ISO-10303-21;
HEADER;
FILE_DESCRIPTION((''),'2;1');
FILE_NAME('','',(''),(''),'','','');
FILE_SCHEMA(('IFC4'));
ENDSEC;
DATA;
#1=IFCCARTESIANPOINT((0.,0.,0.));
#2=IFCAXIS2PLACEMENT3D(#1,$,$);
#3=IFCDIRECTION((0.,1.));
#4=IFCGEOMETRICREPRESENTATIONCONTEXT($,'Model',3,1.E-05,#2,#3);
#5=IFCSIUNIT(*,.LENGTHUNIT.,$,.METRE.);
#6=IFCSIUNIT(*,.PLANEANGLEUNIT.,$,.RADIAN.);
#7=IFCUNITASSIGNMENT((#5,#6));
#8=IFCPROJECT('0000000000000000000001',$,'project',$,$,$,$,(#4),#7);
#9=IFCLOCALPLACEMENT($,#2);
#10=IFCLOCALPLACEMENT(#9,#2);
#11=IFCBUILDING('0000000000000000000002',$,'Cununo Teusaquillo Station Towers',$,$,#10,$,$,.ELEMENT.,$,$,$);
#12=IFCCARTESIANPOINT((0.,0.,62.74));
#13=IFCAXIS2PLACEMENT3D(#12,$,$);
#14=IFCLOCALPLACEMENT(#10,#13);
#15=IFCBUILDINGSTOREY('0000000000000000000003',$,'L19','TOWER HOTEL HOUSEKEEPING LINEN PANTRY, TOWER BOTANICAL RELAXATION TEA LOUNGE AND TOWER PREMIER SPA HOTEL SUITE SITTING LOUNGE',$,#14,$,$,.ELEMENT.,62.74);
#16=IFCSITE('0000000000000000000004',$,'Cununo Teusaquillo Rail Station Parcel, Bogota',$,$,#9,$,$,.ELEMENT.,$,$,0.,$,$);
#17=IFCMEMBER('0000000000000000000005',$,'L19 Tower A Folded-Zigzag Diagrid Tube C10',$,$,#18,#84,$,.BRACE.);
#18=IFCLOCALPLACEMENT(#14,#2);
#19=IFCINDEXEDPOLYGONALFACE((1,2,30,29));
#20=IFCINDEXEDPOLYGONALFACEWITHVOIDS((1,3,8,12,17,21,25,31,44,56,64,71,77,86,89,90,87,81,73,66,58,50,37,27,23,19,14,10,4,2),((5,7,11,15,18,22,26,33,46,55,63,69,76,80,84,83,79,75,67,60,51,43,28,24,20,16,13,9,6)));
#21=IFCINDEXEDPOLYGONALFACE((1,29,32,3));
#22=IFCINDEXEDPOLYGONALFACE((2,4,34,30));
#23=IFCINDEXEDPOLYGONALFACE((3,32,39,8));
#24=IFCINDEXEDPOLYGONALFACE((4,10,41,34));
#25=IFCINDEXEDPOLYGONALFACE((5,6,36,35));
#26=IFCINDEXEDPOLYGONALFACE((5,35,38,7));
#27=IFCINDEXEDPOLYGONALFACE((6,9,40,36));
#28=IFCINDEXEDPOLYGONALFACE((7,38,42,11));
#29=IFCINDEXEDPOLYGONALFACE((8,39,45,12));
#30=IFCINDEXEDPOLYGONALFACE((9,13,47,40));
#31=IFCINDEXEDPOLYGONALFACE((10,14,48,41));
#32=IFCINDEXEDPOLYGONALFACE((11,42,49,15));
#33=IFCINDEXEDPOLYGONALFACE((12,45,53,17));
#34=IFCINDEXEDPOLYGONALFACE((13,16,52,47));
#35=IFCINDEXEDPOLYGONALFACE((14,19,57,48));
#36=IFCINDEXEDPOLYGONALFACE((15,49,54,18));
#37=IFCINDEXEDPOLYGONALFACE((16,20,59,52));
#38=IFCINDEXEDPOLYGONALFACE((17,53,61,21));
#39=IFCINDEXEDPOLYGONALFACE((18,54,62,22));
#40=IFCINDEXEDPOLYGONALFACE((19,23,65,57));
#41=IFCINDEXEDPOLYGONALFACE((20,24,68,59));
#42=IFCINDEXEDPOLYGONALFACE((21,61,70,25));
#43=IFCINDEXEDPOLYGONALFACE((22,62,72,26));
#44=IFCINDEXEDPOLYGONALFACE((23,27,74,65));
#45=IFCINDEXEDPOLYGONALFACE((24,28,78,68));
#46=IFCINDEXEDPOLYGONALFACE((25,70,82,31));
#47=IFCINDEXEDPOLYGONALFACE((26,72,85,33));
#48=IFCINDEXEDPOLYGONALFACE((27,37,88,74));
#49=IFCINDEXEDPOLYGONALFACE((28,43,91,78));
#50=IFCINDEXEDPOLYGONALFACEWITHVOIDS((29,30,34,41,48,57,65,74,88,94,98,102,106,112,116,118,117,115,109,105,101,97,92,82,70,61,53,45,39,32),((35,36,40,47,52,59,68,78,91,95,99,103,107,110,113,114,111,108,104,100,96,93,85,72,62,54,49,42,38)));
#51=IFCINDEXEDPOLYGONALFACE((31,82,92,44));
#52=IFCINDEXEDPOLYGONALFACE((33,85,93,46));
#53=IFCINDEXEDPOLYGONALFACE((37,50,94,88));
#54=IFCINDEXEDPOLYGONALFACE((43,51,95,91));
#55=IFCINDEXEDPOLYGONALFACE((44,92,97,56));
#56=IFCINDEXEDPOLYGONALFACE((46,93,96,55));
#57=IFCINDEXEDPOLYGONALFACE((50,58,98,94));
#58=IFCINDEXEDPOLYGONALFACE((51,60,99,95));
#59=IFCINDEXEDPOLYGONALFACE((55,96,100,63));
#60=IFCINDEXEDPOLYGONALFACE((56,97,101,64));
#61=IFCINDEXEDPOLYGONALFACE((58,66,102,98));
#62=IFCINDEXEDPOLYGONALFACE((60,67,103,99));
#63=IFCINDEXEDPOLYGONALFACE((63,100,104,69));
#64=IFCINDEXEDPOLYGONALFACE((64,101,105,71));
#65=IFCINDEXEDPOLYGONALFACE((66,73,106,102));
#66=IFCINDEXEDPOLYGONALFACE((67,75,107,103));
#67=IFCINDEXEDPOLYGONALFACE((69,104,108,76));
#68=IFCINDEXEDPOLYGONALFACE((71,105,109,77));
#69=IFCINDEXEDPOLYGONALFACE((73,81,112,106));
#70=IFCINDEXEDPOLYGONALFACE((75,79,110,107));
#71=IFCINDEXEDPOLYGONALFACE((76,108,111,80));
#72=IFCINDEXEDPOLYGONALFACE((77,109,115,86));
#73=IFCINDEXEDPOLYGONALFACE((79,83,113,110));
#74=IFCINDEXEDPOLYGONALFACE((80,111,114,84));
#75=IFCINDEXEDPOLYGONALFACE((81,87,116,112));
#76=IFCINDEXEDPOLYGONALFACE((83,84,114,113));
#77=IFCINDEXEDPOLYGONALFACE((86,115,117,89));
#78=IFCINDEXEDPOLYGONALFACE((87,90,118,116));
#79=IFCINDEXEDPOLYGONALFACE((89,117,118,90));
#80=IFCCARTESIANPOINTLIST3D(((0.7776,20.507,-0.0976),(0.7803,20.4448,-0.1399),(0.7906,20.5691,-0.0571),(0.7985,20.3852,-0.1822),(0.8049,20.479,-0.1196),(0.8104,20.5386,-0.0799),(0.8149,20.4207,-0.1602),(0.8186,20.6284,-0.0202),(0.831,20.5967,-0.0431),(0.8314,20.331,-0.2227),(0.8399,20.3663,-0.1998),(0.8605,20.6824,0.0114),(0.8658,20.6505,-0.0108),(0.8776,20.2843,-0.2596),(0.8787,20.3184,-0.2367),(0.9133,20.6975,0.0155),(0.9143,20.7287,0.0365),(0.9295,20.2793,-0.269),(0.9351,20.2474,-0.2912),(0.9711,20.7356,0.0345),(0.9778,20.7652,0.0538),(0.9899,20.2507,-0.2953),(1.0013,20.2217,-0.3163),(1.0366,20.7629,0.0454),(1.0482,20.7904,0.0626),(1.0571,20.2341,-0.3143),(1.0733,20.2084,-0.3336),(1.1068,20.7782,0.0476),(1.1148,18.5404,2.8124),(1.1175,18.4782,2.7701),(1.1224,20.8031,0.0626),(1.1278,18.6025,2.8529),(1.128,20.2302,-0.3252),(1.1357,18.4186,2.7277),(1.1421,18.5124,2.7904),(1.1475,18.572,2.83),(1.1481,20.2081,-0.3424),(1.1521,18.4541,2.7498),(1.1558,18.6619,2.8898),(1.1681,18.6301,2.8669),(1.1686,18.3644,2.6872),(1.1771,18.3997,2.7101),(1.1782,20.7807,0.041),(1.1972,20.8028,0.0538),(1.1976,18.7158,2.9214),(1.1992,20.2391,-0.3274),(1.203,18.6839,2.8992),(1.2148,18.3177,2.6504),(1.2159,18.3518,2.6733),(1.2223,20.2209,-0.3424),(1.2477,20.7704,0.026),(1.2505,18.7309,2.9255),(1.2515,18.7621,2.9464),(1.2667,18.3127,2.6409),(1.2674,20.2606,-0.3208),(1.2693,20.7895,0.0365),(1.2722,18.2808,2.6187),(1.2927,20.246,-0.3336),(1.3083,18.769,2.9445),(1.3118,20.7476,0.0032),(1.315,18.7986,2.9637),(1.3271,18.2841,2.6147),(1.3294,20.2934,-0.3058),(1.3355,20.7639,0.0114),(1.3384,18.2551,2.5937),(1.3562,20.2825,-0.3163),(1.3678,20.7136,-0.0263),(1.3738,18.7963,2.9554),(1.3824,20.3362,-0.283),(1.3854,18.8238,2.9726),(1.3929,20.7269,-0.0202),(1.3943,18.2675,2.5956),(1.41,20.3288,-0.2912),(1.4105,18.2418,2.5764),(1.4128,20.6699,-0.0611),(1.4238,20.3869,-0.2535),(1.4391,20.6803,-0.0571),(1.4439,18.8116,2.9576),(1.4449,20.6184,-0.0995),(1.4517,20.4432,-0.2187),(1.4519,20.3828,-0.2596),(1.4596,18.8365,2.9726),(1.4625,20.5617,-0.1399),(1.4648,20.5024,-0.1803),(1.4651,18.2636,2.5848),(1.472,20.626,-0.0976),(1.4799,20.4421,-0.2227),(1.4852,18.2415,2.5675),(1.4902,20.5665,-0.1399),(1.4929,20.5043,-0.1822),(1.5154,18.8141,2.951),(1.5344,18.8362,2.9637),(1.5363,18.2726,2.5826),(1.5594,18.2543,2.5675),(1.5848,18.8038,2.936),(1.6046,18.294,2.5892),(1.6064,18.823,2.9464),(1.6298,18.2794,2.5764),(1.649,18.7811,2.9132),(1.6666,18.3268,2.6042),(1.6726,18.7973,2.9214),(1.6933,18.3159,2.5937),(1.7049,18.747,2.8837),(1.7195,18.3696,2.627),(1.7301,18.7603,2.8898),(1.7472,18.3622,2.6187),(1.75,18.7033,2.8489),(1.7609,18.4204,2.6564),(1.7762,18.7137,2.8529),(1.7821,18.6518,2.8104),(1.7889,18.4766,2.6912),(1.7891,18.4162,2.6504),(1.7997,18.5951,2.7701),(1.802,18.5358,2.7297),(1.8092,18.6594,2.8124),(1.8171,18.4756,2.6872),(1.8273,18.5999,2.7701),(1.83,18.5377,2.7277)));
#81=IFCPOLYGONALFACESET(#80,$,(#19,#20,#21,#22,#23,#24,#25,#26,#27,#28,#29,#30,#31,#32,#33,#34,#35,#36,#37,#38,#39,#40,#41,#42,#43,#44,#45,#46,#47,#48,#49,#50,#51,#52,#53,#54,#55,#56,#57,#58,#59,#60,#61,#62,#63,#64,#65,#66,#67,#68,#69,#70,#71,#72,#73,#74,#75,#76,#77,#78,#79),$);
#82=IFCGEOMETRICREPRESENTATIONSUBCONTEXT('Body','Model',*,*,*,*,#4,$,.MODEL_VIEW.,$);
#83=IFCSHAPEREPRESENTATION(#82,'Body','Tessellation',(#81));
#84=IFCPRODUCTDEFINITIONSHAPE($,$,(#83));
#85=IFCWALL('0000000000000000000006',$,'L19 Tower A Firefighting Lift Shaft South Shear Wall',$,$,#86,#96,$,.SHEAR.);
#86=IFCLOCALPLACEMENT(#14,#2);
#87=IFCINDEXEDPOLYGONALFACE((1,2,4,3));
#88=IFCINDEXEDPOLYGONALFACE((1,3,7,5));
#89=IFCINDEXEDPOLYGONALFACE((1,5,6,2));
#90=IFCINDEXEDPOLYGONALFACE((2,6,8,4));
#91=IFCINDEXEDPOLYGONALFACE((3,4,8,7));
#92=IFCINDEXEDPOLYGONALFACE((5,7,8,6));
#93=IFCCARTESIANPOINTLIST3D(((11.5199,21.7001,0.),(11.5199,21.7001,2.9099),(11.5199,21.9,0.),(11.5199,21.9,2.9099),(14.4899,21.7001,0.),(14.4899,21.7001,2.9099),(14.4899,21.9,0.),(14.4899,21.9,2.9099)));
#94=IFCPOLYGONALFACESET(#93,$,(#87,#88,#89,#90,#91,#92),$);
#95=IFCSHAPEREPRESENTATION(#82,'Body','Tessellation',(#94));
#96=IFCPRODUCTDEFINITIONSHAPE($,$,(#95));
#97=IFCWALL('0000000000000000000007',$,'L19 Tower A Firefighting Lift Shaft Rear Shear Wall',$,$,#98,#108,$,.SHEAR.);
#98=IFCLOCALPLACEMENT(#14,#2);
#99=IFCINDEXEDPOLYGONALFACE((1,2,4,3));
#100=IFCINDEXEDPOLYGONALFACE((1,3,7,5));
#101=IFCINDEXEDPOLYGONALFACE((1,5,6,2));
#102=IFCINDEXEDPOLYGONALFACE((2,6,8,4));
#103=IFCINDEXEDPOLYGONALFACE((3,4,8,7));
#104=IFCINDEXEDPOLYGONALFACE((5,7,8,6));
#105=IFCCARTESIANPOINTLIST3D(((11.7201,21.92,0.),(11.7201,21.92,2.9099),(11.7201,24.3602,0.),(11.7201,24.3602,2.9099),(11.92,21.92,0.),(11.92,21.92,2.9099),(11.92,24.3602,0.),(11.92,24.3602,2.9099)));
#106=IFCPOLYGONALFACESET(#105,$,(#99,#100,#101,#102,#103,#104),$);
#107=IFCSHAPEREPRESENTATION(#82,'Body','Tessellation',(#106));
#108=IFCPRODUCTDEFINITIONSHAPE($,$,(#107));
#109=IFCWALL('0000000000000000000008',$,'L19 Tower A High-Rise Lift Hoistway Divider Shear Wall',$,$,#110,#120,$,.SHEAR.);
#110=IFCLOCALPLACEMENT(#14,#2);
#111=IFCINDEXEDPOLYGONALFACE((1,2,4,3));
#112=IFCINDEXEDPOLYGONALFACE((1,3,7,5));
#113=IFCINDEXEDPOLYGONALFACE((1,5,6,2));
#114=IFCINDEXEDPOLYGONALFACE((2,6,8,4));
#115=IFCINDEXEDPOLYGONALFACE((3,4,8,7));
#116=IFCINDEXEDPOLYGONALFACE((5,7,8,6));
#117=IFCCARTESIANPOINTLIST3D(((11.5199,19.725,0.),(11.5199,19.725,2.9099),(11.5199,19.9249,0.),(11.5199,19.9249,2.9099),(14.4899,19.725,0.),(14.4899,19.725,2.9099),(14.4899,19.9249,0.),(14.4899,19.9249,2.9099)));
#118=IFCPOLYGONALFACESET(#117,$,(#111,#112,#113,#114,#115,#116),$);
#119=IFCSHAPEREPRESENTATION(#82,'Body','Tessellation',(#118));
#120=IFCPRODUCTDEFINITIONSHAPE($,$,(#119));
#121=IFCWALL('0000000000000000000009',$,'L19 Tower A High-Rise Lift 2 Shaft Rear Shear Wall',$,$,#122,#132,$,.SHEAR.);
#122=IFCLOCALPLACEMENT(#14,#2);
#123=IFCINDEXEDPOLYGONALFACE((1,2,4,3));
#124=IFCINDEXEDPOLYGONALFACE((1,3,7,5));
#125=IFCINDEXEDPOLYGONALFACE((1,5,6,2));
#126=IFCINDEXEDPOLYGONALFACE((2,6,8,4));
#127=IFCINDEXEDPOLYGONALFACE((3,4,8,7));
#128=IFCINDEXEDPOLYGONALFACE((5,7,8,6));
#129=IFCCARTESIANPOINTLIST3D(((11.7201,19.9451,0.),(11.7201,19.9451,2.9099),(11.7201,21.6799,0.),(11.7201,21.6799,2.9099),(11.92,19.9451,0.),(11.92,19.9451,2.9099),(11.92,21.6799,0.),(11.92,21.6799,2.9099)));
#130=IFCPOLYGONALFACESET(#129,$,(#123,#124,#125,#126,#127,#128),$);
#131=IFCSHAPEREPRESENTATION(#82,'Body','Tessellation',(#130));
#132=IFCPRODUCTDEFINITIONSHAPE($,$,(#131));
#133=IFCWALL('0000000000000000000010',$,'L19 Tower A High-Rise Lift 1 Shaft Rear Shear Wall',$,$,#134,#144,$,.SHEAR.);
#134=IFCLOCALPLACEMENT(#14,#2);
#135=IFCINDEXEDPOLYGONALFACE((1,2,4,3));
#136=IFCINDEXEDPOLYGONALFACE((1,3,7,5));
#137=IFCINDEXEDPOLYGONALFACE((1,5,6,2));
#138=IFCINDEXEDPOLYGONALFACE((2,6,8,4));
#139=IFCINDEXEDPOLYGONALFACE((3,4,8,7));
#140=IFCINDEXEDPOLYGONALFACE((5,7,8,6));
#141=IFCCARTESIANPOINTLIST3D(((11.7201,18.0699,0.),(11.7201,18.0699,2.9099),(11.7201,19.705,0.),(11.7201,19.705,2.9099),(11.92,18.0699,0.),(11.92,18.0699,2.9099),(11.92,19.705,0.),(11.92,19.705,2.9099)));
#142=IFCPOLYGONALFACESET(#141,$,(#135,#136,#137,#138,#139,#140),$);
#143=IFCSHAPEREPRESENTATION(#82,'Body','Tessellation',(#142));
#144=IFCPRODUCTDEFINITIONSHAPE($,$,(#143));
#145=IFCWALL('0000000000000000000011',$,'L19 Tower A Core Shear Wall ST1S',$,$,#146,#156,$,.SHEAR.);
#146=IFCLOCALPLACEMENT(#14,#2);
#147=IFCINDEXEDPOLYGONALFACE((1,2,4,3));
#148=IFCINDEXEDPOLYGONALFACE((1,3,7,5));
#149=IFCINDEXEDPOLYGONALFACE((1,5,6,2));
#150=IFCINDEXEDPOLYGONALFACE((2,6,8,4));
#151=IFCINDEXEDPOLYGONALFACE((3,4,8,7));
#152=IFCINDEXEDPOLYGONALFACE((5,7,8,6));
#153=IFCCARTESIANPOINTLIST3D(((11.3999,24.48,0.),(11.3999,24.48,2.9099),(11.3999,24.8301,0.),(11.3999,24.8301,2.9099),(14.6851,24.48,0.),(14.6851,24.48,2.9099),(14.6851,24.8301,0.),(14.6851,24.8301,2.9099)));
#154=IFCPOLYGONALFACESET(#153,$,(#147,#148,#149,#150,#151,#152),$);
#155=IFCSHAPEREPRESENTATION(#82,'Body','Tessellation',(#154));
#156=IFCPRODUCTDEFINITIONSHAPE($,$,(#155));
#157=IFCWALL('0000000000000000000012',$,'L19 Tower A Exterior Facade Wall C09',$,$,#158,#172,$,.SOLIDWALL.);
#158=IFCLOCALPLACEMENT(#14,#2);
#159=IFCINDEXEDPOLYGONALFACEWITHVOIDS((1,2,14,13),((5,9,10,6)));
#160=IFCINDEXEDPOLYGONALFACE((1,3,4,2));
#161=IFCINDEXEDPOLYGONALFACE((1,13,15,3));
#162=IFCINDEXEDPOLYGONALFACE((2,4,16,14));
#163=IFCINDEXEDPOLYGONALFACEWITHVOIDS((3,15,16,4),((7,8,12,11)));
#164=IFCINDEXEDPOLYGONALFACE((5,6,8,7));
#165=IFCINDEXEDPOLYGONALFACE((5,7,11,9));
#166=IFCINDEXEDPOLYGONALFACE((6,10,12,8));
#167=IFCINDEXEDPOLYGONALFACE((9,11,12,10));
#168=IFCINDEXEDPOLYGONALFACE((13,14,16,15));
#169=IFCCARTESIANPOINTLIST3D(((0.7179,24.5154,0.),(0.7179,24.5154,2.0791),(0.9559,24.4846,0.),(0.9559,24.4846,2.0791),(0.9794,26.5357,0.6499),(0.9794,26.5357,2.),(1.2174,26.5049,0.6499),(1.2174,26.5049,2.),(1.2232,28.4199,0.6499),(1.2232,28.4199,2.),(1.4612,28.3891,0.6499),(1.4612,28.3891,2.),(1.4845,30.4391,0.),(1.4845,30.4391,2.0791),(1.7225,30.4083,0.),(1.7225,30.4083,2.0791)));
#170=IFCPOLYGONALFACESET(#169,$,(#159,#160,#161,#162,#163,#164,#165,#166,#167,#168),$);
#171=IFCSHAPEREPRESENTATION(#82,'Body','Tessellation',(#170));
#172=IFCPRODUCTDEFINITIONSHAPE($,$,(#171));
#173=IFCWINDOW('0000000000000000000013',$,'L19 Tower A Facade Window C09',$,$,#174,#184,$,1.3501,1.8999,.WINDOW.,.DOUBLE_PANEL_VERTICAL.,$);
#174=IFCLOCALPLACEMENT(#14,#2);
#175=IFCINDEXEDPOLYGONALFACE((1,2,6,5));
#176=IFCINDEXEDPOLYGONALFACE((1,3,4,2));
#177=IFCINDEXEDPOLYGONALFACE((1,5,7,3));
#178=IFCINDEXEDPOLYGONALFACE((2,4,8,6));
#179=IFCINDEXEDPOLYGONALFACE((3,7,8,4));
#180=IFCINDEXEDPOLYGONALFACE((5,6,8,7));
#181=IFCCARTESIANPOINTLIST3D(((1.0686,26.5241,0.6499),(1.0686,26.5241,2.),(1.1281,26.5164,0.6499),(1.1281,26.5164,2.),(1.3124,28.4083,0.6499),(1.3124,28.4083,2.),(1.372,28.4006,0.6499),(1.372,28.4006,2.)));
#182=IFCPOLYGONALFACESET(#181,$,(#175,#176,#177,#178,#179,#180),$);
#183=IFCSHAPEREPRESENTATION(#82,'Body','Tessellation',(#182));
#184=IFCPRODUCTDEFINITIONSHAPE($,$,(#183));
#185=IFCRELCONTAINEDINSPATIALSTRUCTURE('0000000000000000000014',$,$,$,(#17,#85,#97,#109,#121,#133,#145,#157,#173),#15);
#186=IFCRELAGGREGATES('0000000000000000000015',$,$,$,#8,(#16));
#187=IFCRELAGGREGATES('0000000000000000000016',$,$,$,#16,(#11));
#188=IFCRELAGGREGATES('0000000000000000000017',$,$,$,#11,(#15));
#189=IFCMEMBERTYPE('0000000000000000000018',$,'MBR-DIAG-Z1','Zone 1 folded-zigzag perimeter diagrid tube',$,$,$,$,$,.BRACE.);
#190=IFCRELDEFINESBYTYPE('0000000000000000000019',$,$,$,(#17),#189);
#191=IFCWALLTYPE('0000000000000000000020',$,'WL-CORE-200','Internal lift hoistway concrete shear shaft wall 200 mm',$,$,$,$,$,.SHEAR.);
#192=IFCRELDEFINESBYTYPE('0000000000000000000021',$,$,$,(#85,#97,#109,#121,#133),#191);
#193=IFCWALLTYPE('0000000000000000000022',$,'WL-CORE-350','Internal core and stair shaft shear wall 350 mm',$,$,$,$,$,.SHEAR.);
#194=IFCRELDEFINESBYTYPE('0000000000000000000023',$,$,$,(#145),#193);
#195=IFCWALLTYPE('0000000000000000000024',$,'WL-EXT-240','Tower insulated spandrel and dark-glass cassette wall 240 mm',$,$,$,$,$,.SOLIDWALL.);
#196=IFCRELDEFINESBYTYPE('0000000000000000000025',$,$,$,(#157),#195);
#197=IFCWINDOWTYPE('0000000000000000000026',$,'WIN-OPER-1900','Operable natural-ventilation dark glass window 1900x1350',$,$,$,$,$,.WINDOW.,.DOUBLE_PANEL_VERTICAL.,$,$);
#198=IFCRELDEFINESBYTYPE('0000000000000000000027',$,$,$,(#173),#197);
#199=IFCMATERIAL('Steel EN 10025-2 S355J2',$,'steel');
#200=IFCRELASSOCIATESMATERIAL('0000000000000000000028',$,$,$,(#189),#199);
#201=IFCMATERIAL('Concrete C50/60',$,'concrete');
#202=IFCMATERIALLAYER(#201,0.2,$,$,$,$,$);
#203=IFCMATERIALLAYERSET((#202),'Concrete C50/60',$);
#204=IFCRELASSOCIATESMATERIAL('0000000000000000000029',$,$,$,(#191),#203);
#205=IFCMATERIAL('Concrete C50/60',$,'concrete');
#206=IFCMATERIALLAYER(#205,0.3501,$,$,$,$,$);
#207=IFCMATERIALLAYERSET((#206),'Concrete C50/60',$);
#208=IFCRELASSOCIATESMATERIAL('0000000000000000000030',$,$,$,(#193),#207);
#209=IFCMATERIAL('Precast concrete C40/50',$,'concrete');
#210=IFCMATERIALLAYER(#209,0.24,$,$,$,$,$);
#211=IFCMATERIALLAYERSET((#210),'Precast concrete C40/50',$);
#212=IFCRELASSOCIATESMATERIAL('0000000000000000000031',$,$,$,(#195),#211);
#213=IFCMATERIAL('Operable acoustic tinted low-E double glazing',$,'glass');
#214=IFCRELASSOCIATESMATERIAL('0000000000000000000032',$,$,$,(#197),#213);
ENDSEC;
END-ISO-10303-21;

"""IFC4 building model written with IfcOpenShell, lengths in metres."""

from ifc_helpers import new_model, si_unit, direction, frame, frame_2d, origin, origin_2d, place, context, subcontext, project, spatial, rectangle, hollow_circle, extrude, source, transform, mapped, material, layer, layer_set, material_profile, profile_set, type_object, element, fill, save


model = new_model("IFC4")

# Units and contexts
model_context = context("Model", 3, precision=1e-05, world=origin(), true_north=direction((0.0, 1.0)))
body_context = subcontext(model_context, "Body", "Model", "MODEL_VIEW")
ifc_project = project(units=[si_unit("LENGTHUNIT", "METRE"), si_unit("PLANEANGLEUNIT", "RADIAN")], contexts=[model_context])

# Site, building, storey
site_placement = place(None, origin())
site = spatial("IfcSite", under=ifc_project, at=site_placement, Name="Cununo Teusaquillo Rail Station Parcel, Bogota", CompositionType="ELEMENT", RefElevation=0.0)
building_placement = place(site_placement, origin())
building = spatial("IfcBuilding", under=site, at=building_placement, Name="Cununo Teusaquillo Station Towers", CompositionType="ELEMENT")
storey_placement = place(building_placement, frame((0.0, 0.0, 62.74)))
storey = spatial("IfcBuildingStorey", under=building, at=storey_placement, Name="L19", Description="TOWER HOTEL HOUSEKEEPING LINEN PANTRY, TOWER BOTANICAL RELAXATION TEA LOUNGE AND TOWER PREMIER SPA HOTEL SUITE SITTING LOUNGE", CompositionType="ELEMENT", Elevation=62.74)

# Member
ifc_material_1 = material(Name="Steel EN 10025-2 S355J2", Category="steel")
ifc_material_profile_1 = material_profile(ifc_material_1, hollow_circle(Radius=0.3601, WallThickness=0.0281, at=origin_2d()), Name="CHS 720x28")
ifc_profile_set_1 = profile_set([ifc_material_profile_1], Name="Steel EN 10025-2 S355J2")
member_type = type_object("IfcMemberType", Name="MBR-DIAG-Z1", Description="Zone 1 folded-zigzag perimeter diagrid tube", PredefinedType="BRACE", material=ifc_profile_set_1)
member_placement = place(storey_placement, frame((1.1353, 20.5056, -0.1399), z_axis=(0.095559, -0.557372, 0.824745), x_axis=(0.985619, 0.168981, 0.0)))
element("IfcMember", 1, at=member_placement, inside=storey, type_object=member_type, Name="L19 Tower A Folded-Zigzag Diagrid Tube C10", PredefinedType="BRACE", context=body_context, shape_type="SweptSolid", body=[
    extrude(hollow_circle(Radius=0.3601, WallThickness=0.0281, at=origin_2d()), origin(), (0.0, 0.0, 1.0), 3.5283),
])

# Walls
ifc_material_2 = material(Name="Concrete C50/60", Category="concrete")
ifc_layer_1 = layer(ifc_material_2, 0.2)
ifc_layer_set_1 = layer_set([ifc_layer_1], Name="Concrete C50/60")
wall_type_1 = type_object("IfcWallType", Name="WL-CORE-200", Description="Internal lift hoistway concrete shear shaft wall 200 mm", PredefinedType="SHEAR", material=ifc_layer_set_1)
wall_1_placement = place(storey_placement, frame((11.52, 21.8, 0.0), z_axis=(0.0, 0.0, 1.0), x_axis=(1.0, 0.0, 0.0)))
element("IfcWall", 2, at=wall_1_placement, inside=storey, type_object=wall_type_1, Name="L19 Tower A Firefighting Lift Shaft South Shear Wall", PredefinedType="SHEAR", context=body_context, shape_type="SweptSolid", body=[
    extrude(rectangle(XDim=2.97, YDim=0.2, at=frame_2d((1.4849, 0.0))), origin(), (0.0, 0.0, 1.0), 2.9099),
])
wall_2_placement = place(storey_placement, frame((11.8201, 21.9199, 0.0), z_axis=(0.0, 0.0, 1.0), x_axis=(0.0, 1.0, 0.0)))
element("IfcWall", 3, at=wall_2_placement, inside=storey, type_object=wall_type_1, Name="L19 Tower A Firefighting Lift Shaft Rear Shear Wall", PredefinedType="SHEAR", context=body_context, shape_type="SweptSolid", body=[
    extrude(rectangle(XDim=2.4402, YDim=0.2, at=frame_2d((1.2202, 0.0))), origin(), (0.0, 0.0, 1.0), 2.9099),
])
wall_3_placement = place(storey_placement, frame((11.52, 19.825, 0.0), z_axis=(0.0, 0.0, 1.0), x_axis=(1.0, 0.0, 0.0)))
element("IfcWall", 4, at=wall_3_placement, inside=storey, type_object=wall_type_1, Name="L19 Tower A High-Rise Lift Hoistway Divider Shear Wall", PredefinedType="SHEAR", context=body_context, shape_type="SweptSolid", body=[
    extrude(rectangle(XDim=2.97, YDim=0.2, at=frame_2d((1.4849, 0.0))), origin(), (0.0, 0.0, 1.0), 2.9099),
])
wall_4_placement = place(storey_placement, frame((11.8201, 19.9451, 0.0), z_axis=(0.0, 0.0, 1.0), x_axis=(0.0, 1.0, 0.0)))
element("IfcWall", 5, at=wall_4_placement, inside=storey, type_object=wall_type_1, Name="L19 Tower A High-Rise Lift 2 Shaft Rear Shear Wall", PredefinedType="SHEAR", context=body_context, shape_type="SweptSolid", body=[
    extrude(rectangle(XDim=1.7349, YDim=0.2, at=frame_2d((0.8674, 0.0))), origin(), (0.0, 0.0, 1.0), 2.9099),
])
wall_5_placement = place(storey_placement, frame((11.8201, 18.0701, 0.0), z_axis=(0.0, 0.0, 1.0), x_axis=(0.0, 1.0, 0.0)))
element("IfcWall", 6, at=wall_5_placement, inside=storey, type_object=wall_type_1, Name="L19 Tower A High-Rise Lift 1 Shaft Rear Shear Wall", PredefinedType="SHEAR", context=body_context, shape_type="SweptSolid", body=[
    extrude(rectangle(XDim=1.635, YDim=0.2, at=frame_2d((0.8174, 0.0))), origin(), (0.0, 0.0, 1.0), 2.9099),
])
ifc_material_3 = material(Name="Concrete C50/60", Category="concrete")
ifc_layer_2 = layer(ifc_material_3, 0.3501)
ifc_layer_set_2 = layer_set([ifc_layer_2], Name="Concrete C50/60")
wall_type_2 = type_object("IfcWallType", Name="WL-CORE-350", Description="Internal core and stair shaft shear wall 350 mm", PredefinedType="SHEAR", material=ifc_layer_set_2)
wall_6_placement = place(storey_placement, frame((11.3999, 24.655, 0.0), z_axis=(0.0, 0.0, 1.0), x_axis=(1.0, 0.0, 0.0)))
element("IfcWall", 7, at=wall_6_placement, inside=storey, type_object=wall_type_2, Name="L19 Tower A Core Shear Wall ST1S", PredefinedType="SHEAR", context=body_context, shape_type="SweptSolid", body=[
    extrude(rectangle(XDim=3.2852, YDim=0.3501, at=frame_2d((1.6426, 0.0))), origin(), (0.0, 0.0, 1.0), 2.9099),
])

# Wall, opening, window
ifc_material_4 = material(Name="Precast concrete C40/50", Category="concrete")
ifc_layer_3 = layer(ifc_material_4, 0.24)
ifc_layer_set_3 = layer_set([ifc_layer_3], Name="Precast concrete C40/50")
wall_type_3 = type_object("IfcWallType", Name="WL-EXT-240", Description="Tower insulated spandrel and dark-glass cassette wall 240 mm", PredefinedType="SOLIDWALL", material=ifc_layer_set_3)
wall_7_placement = place(storey_placement, frame((0.8369, 24.5, 0.0), z_axis=(0.0, 0.0, 1.0), x_axis=(0.12834, 0.99173, 0.0)))
wall_7 = element("IfcWall", 8, at=wall_7_placement, inside=storey, type_object=wall_type_3, Name="L19 Tower A Exterior Facade Wall C09", PredefinedType="SOLIDWALL", context=body_context, shape_type="SweptSolid", body=[
    extrude(rectangle(XDim=5.9731, YDim=0.24, at=frame_2d((2.9866, 0.0))), origin(), (0.0, 0.0, 1.0), 2.0791),
])
shared_shape_1 = source(origin(), body_context, "Body", "SweptSolid", [
    extrude(rectangle(XDim=1.8999, YDim=1.3501, at=frame_2d((0.95, 0.675))), frame((0.0, 0.1299, 0.0), z_axis=(0.0, -1.0, 0.0), x_axis=(1.0, 0.0, 0.0)), (0.0, 0.0, 1.0), 0.26),
])
opening_1_placement = place(wall_7_placement, frame((2.0371, 0.0, 0.6499)))
opening_1 = element("IfcOpeningElement", 9, at=opening_1_placement, cuts=wall_7, PredefinedType="OPENING", context=body_context, shape_type="MappedRepresentation", body=[
    mapped(shared_shape_1, transform((0.0, 0.0, 0.0), x_axis=(1.0, 0.0, 0.0), y_axis=(0.0, 1.0, 0.0), z_axis=(0.0, 0.0, 1.0), scale=1.0)),
])
ifc_material_5 = material(Name="Operable acoustic tinted low-E double glazing", Category="glass")
window_type = type_object("IfcWindowType", Name="WIN-OPER-1900", Description="Operable natural-ventilation dark glass window 1900x1350", PartitioningType="DOUBLE_PANEL_VERTICAL", PredefinedType="WINDOW", material=ifc_material_5)
shared_shape_2 = source(origin(), body_context, "Body", "SweptSolid", [
    extrude(rectangle(XDim=1.8999, YDim=1.3501, at=frame_2d((0.95, 0.675))), frame((0.0, 0.03, 0.0), z_axis=(0.0, -1.0, 0.0), x_axis=(1.0, 0.0, 0.0)), (0.0, 0.0, 1.0), 0.0601),
])
window_placement = place(opening_1_placement, origin())
window = element("IfcWindow", 10, at=window_placement, inside=storey, type_object=window_type, Name="L19 Tower A Facade Window C09", OverallHeight=1.3501, OverallWidth=1.8999, PartitioningType="DOUBLE_PANEL_VERTICAL", PredefinedType="WINDOW", context=body_context, shape_type="MappedRepresentation", body=[
    mapped(shared_shape_2, transform((0.0, 0.0, 0.0), x_axis=(1.0, 0.0, 0.0), y_axis=(0.0, 1.0, 0.0), z_axis=(0.0, 0.0, 1.0), scale=1.0)),
])
fill(opening_1, window)

save(model, "model.ifc")
